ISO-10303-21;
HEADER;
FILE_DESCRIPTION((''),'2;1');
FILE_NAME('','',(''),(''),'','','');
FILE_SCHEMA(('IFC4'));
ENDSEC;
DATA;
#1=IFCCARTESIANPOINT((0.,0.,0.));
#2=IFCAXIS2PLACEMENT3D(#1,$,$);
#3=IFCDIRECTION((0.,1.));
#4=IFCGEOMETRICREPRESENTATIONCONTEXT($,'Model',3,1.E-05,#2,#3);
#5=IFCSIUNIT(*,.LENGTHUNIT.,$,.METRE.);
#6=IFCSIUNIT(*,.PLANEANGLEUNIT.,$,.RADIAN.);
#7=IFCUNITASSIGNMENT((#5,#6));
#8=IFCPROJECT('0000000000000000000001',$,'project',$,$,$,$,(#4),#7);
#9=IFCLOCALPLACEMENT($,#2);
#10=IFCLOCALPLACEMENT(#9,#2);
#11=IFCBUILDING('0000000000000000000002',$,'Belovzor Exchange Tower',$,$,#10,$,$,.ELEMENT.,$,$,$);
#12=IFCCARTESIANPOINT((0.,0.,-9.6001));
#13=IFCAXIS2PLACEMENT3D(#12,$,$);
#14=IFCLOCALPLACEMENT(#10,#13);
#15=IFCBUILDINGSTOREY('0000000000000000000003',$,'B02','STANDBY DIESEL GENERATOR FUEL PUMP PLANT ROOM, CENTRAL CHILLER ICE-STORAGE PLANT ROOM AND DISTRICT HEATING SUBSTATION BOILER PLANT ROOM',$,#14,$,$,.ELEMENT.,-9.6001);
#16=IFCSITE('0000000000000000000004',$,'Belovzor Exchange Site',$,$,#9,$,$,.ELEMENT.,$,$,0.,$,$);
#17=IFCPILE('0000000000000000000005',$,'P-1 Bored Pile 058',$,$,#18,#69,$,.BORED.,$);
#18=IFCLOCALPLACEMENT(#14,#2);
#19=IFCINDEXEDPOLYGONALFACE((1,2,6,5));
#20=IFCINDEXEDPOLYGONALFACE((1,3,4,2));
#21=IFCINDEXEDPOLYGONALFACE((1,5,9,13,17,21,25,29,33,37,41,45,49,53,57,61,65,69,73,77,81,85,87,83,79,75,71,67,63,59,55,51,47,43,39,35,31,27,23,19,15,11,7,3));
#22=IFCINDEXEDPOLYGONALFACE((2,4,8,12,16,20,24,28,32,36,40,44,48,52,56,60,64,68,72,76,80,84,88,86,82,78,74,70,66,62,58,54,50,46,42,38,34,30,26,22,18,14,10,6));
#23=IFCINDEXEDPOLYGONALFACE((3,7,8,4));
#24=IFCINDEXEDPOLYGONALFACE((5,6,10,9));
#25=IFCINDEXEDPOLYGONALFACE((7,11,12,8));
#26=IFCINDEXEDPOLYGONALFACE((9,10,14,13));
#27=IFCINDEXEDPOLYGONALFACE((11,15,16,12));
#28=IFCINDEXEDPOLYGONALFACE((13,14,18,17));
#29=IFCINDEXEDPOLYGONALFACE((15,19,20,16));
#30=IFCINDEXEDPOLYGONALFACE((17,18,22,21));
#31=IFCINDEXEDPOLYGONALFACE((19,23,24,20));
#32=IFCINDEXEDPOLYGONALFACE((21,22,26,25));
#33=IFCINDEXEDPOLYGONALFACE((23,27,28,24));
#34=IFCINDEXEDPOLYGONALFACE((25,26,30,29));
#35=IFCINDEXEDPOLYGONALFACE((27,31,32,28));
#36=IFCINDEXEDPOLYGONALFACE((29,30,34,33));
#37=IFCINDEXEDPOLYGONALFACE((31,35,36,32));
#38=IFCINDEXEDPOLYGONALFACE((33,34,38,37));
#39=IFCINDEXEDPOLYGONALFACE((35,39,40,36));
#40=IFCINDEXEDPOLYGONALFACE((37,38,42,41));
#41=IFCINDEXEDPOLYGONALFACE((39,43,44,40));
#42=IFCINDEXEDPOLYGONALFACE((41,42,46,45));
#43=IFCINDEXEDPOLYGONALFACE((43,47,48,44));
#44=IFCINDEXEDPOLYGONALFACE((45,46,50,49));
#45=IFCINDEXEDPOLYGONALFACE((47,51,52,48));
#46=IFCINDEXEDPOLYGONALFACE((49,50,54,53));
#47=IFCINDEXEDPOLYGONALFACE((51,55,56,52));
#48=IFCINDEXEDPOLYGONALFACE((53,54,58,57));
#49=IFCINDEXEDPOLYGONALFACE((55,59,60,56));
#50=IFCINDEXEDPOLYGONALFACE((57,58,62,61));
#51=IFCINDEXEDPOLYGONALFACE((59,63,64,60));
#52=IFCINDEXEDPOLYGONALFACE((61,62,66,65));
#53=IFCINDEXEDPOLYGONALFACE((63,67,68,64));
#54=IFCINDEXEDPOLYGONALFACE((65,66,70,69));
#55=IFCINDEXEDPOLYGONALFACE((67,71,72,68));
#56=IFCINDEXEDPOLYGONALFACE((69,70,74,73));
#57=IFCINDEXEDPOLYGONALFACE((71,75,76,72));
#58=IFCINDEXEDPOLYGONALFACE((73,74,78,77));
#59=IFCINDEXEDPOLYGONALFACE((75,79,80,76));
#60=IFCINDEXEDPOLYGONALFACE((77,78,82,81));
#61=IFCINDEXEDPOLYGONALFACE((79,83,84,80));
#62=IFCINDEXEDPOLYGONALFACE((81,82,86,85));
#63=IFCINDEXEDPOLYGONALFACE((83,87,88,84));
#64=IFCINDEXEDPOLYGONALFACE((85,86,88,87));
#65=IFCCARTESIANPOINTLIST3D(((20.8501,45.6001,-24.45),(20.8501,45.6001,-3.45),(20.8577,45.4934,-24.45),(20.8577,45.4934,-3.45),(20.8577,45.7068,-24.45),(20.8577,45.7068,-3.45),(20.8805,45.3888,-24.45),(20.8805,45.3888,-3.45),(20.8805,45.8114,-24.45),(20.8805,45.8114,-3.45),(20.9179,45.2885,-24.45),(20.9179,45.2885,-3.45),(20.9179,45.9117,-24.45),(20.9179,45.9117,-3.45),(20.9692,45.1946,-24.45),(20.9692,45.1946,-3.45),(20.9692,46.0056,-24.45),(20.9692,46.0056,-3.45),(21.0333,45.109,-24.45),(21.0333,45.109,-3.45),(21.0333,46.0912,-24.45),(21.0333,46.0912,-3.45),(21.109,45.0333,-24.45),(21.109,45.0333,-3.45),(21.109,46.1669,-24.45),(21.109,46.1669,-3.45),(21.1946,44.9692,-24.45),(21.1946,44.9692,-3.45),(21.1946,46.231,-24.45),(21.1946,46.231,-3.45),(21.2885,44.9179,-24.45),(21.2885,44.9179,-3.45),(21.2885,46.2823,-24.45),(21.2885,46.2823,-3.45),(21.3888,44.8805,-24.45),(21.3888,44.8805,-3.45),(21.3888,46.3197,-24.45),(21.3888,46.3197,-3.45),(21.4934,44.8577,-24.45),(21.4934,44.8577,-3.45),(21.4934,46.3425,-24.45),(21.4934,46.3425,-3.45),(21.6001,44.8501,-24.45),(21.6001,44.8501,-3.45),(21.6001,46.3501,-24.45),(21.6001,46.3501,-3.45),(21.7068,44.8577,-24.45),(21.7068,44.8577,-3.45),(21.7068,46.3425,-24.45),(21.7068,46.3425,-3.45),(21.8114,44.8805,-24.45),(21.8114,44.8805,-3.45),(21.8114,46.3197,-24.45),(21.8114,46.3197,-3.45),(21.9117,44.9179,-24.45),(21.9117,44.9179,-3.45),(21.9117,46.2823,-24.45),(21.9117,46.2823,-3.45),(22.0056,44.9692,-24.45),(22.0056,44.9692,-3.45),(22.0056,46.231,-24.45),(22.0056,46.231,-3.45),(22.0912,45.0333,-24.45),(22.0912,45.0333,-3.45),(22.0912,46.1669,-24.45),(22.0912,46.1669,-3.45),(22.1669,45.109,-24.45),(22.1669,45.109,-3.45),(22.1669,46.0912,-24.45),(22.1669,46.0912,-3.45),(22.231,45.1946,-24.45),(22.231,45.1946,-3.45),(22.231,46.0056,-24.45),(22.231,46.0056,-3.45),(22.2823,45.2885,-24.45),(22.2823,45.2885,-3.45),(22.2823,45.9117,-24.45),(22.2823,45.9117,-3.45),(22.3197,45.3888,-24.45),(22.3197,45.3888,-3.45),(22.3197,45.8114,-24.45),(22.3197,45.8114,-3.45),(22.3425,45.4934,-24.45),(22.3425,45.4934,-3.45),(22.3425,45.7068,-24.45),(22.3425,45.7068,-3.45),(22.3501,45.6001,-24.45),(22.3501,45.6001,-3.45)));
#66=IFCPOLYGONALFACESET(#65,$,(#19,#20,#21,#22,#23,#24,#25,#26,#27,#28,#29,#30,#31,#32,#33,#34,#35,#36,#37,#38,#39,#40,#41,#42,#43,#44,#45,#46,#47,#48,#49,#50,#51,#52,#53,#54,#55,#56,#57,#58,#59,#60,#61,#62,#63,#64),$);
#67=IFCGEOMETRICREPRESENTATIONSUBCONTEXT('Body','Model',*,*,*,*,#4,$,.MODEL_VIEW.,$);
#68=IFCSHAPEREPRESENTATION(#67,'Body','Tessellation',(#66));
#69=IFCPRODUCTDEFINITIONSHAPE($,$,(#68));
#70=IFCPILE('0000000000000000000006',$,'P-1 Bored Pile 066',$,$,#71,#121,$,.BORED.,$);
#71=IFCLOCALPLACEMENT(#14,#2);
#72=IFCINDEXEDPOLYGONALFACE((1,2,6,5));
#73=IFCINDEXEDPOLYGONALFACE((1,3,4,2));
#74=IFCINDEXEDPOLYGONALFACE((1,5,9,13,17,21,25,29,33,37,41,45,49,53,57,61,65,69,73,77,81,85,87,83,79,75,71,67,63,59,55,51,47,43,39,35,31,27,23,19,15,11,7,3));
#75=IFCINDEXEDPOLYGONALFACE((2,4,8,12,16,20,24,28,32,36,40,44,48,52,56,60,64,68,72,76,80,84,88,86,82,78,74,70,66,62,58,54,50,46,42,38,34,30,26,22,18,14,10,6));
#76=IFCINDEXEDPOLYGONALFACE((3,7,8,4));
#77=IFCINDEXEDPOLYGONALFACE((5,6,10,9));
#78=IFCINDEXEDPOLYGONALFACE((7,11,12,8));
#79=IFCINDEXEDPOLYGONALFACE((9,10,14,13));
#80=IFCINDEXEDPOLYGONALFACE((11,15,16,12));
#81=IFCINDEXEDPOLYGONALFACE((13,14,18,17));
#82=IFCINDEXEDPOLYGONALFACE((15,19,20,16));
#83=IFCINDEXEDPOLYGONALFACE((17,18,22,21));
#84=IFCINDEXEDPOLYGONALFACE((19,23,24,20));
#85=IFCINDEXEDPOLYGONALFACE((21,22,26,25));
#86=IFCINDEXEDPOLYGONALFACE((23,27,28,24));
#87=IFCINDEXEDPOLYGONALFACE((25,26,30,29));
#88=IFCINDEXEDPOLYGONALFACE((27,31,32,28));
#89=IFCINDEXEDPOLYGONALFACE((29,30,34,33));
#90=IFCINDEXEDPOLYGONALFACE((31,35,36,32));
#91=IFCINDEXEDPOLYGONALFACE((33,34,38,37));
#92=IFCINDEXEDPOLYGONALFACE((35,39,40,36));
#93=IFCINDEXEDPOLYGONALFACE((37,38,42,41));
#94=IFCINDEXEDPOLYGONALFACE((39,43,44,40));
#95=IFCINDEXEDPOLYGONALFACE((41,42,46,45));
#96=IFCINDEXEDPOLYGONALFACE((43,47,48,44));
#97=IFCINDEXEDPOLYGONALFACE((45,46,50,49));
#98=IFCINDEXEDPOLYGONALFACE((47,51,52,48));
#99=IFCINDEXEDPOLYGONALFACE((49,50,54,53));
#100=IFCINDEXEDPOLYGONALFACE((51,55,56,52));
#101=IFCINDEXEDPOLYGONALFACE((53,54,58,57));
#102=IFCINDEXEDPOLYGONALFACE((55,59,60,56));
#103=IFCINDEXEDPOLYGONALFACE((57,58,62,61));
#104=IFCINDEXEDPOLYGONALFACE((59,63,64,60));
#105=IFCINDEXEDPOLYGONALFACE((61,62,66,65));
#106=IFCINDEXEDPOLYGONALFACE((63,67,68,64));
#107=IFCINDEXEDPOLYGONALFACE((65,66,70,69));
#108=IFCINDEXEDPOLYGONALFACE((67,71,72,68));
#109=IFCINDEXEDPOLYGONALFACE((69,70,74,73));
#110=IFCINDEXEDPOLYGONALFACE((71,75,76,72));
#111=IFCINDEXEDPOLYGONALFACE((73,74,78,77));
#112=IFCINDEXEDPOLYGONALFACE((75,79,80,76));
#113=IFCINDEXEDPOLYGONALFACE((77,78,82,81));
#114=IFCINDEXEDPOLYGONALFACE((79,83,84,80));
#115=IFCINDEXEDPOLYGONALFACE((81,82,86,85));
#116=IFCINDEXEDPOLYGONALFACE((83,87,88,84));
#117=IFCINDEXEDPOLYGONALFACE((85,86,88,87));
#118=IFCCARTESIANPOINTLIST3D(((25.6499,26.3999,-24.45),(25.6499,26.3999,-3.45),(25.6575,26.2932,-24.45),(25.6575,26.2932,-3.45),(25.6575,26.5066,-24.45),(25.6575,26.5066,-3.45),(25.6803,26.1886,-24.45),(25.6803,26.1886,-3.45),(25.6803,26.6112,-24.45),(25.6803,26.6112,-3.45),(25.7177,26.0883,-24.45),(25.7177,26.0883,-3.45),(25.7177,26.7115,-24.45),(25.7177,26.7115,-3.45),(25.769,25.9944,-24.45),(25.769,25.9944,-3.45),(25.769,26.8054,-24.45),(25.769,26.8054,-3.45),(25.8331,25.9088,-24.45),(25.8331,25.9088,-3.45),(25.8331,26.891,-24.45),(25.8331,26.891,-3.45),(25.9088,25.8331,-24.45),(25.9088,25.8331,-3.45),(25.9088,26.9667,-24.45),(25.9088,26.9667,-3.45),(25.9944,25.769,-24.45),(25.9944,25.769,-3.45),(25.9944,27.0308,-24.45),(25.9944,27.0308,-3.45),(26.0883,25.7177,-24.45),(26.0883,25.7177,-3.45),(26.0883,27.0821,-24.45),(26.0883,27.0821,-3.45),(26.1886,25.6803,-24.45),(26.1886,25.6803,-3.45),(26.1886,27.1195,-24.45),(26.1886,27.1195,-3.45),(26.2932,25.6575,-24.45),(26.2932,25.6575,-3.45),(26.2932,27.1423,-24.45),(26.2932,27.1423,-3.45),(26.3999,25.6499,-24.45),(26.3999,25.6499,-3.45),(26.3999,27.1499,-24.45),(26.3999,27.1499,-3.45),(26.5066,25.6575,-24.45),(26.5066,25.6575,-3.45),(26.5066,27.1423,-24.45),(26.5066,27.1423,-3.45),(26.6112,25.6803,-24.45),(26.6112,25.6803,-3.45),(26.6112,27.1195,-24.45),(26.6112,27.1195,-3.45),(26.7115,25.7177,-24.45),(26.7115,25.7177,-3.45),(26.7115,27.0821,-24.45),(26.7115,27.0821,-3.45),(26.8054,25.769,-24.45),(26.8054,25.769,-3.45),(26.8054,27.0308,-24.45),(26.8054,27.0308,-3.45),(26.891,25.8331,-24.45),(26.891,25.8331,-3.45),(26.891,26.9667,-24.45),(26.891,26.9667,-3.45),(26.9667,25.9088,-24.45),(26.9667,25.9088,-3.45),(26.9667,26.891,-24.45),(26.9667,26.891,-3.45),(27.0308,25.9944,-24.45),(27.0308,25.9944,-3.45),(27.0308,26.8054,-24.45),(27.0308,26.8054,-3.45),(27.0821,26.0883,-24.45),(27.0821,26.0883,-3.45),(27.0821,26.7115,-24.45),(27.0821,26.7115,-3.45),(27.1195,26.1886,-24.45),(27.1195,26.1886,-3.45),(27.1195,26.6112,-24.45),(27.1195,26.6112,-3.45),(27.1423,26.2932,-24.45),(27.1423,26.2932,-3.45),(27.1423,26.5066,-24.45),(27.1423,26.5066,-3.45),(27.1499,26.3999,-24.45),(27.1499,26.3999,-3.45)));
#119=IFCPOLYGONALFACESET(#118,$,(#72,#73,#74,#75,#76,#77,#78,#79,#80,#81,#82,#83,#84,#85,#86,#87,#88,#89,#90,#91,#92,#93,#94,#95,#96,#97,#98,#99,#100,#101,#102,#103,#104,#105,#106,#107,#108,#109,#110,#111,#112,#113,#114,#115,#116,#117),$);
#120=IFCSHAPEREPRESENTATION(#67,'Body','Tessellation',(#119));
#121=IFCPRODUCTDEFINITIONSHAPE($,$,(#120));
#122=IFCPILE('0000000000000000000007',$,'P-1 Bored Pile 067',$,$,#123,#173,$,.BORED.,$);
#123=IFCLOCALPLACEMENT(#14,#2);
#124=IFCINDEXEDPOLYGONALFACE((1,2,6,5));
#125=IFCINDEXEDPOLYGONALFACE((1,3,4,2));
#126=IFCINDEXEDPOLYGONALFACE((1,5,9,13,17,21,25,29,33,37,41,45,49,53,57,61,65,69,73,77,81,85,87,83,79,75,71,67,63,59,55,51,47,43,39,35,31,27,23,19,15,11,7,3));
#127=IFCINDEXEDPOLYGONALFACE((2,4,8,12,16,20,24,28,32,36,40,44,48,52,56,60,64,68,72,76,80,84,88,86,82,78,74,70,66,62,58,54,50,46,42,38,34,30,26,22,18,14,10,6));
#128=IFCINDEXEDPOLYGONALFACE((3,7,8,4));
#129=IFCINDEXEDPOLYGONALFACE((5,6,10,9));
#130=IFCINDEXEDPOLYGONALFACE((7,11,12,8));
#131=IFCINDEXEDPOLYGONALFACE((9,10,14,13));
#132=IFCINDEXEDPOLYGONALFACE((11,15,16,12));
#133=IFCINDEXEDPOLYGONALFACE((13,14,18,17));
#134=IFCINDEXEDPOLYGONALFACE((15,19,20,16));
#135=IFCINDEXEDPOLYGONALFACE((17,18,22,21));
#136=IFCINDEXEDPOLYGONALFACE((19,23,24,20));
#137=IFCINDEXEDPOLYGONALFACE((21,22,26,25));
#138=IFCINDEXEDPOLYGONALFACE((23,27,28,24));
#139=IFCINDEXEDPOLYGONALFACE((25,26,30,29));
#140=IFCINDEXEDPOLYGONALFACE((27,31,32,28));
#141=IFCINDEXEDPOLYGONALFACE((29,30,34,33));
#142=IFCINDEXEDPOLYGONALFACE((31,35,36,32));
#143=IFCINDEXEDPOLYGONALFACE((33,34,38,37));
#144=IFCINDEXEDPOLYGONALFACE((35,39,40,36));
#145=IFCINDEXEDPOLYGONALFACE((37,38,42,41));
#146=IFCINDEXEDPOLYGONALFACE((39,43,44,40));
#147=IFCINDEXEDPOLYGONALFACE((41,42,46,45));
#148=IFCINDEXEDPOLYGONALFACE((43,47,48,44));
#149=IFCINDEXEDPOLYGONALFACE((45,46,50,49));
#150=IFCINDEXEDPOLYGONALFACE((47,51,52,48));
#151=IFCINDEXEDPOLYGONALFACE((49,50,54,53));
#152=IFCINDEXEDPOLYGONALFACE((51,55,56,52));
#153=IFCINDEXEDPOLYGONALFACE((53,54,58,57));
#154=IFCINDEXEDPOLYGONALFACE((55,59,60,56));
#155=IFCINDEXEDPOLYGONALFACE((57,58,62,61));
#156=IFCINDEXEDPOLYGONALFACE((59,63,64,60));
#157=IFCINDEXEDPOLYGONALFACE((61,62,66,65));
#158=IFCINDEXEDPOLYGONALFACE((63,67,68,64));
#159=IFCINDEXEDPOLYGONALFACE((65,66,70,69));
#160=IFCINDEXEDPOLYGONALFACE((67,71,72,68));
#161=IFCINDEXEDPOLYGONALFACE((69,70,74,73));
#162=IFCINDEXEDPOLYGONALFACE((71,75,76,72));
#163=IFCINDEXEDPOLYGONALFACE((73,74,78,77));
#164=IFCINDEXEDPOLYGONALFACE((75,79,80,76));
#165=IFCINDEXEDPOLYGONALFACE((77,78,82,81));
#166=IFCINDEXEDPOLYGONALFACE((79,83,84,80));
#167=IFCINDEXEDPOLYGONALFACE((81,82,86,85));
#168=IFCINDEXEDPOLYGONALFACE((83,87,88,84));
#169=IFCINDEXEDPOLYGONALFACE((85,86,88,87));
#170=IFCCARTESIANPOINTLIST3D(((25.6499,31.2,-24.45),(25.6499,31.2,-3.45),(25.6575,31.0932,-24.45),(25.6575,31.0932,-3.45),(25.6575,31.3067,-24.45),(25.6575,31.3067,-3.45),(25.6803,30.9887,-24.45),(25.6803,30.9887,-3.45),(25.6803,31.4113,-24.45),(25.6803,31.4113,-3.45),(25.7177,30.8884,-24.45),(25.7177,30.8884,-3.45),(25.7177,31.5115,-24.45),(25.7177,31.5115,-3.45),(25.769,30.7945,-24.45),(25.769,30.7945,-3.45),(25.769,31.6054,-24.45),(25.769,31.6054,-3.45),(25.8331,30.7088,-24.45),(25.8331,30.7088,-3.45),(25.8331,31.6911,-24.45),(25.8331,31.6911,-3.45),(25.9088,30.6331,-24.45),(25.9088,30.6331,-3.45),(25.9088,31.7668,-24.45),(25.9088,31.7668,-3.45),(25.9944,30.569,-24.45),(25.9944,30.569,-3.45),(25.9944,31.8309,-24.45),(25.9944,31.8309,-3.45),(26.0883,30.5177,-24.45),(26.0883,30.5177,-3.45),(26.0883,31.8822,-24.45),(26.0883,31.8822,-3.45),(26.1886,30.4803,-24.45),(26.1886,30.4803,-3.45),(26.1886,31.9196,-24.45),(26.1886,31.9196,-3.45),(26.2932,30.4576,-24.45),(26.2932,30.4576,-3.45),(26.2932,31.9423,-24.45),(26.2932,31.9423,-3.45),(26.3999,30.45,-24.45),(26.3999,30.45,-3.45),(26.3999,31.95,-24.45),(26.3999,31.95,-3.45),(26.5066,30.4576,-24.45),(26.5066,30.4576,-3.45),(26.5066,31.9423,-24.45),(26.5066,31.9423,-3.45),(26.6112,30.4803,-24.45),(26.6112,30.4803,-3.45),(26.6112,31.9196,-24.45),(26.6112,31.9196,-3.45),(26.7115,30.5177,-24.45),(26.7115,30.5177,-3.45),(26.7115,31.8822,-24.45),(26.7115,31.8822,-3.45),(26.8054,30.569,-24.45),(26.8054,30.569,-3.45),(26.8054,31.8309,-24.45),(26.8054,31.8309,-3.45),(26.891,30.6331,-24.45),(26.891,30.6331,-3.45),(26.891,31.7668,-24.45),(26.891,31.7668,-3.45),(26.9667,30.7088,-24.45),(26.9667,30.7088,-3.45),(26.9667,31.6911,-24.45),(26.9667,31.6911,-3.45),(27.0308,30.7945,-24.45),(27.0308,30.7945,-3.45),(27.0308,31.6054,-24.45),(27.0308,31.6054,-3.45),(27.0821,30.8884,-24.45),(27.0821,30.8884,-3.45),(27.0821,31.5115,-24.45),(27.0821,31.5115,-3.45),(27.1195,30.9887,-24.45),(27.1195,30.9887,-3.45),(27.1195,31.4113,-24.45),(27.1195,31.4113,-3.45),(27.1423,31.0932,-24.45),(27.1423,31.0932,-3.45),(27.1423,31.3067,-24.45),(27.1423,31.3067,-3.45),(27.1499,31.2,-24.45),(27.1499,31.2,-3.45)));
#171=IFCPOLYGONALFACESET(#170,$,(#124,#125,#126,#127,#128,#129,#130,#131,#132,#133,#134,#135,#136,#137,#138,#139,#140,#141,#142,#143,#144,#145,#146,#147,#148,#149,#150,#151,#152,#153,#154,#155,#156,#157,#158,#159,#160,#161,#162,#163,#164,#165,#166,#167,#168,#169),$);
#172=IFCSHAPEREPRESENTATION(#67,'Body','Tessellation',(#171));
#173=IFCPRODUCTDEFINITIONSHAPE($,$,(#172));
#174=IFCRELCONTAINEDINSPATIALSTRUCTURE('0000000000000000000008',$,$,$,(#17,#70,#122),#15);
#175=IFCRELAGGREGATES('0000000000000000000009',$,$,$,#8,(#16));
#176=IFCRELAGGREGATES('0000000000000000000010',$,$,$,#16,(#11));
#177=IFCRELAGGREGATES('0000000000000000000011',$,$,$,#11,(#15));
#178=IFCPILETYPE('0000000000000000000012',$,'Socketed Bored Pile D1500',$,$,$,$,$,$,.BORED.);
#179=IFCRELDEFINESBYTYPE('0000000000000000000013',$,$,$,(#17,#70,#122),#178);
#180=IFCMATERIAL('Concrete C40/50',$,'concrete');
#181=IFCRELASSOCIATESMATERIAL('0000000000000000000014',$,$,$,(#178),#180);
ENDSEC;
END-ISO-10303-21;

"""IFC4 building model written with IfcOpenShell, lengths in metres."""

from ifc_helpers import new_model, si_unit, direction, frame, origin, origin_2d, place, context, subcontext, project, spatial, circle, extrude, material, material_profile, profile_set, type_object, element, save


model = new_model("IFC4")

# Units and contexts
model_context = context("Model", 3, precision=1e-05, world=origin(), true_north=direction((0.0, 1.0)))
body_context = subcontext(model_context, "Body", "Model", "MODEL_VIEW")
ifc_project = project(units=[si_unit("LENGTHUNIT", "METRE"), si_unit("PLANEANGLEUNIT", "RADIAN")], contexts=[model_context])

# Site, building, storey
site_placement = place(None, origin())
site = spatial("IfcSite", under=ifc_project, at=site_placement, Name="Belovzor Exchange Site", CompositionType="ELEMENT", RefElevation=0.0)
building_placement = place(site_placement, origin())
building = spatial("IfcBuilding", under=site, at=building_placement, Name="Belovzor Exchange Tower", CompositionType="ELEMENT")
storey_placement = place(building_placement, frame((0.0, 0.0, -9.6001)))
storey = spatial("IfcBuildingStorey", under=building, at=storey_placement, Name="B02", Description="STANDBY DIESEL GENERATOR FUEL PUMP PLANT ROOM, CENTRAL CHILLER ICE-STORAGE PLANT ROOM AND DISTRICT HEATING SUBSTATION BOILER PLANT ROOM", CompositionType="ELEMENT", Elevation=-9.6001)

# Piles
ifc_material_1 = material(Name="Concrete C40/50", Category="concrete")
ifc_material_profile_1 = material_profile(ifc_material_1, circle(Radius=0.75, at=origin_2d()))
ifc_profile_set_1 = profile_set([ifc_material_profile_1], Name="Concrete C40/50")
pile_type_1 = type_object("IfcPileType", Name="Socketed Bored Pile D1500", PredefinedType="BORED", material=ifc_profile_set_1)
for number, where, z_axis, x_axis, name in (
    (1, (21.6001, 45.6001, -3.45), (0.0, 0.0, -1.0), (1.0, 0.0, 0.0), "P-1 Bored Pile 058"),
    (2, (26.3999, 26.3999, -3.45), (0.0, 0.0, -1.0), (1.0, 0.0, 0.0), "P-1 Bored Pile 066"),
    (3, (26.3999, 31.2, -3.45), (0.0, 0.0, -1.0), (1.0, 0.0, 0.0), "P-1 Bored Pile 067"),
):
    element("IfcPile", number, at=place(storey_placement, frame(where, z_axis=z_axis, x_axis=x_axis)), inside=storey, type_object=pile_type_1, Name=name, PredefinedType="BORED", context=body_context, shape_type="SweptSolid", body=[
        extrude(circle(Radius=0.75, at=origin_2d()), origin(), (0.0, 0.0, 1.0), 21.0),
    ])

save(model, "model.ifc")
